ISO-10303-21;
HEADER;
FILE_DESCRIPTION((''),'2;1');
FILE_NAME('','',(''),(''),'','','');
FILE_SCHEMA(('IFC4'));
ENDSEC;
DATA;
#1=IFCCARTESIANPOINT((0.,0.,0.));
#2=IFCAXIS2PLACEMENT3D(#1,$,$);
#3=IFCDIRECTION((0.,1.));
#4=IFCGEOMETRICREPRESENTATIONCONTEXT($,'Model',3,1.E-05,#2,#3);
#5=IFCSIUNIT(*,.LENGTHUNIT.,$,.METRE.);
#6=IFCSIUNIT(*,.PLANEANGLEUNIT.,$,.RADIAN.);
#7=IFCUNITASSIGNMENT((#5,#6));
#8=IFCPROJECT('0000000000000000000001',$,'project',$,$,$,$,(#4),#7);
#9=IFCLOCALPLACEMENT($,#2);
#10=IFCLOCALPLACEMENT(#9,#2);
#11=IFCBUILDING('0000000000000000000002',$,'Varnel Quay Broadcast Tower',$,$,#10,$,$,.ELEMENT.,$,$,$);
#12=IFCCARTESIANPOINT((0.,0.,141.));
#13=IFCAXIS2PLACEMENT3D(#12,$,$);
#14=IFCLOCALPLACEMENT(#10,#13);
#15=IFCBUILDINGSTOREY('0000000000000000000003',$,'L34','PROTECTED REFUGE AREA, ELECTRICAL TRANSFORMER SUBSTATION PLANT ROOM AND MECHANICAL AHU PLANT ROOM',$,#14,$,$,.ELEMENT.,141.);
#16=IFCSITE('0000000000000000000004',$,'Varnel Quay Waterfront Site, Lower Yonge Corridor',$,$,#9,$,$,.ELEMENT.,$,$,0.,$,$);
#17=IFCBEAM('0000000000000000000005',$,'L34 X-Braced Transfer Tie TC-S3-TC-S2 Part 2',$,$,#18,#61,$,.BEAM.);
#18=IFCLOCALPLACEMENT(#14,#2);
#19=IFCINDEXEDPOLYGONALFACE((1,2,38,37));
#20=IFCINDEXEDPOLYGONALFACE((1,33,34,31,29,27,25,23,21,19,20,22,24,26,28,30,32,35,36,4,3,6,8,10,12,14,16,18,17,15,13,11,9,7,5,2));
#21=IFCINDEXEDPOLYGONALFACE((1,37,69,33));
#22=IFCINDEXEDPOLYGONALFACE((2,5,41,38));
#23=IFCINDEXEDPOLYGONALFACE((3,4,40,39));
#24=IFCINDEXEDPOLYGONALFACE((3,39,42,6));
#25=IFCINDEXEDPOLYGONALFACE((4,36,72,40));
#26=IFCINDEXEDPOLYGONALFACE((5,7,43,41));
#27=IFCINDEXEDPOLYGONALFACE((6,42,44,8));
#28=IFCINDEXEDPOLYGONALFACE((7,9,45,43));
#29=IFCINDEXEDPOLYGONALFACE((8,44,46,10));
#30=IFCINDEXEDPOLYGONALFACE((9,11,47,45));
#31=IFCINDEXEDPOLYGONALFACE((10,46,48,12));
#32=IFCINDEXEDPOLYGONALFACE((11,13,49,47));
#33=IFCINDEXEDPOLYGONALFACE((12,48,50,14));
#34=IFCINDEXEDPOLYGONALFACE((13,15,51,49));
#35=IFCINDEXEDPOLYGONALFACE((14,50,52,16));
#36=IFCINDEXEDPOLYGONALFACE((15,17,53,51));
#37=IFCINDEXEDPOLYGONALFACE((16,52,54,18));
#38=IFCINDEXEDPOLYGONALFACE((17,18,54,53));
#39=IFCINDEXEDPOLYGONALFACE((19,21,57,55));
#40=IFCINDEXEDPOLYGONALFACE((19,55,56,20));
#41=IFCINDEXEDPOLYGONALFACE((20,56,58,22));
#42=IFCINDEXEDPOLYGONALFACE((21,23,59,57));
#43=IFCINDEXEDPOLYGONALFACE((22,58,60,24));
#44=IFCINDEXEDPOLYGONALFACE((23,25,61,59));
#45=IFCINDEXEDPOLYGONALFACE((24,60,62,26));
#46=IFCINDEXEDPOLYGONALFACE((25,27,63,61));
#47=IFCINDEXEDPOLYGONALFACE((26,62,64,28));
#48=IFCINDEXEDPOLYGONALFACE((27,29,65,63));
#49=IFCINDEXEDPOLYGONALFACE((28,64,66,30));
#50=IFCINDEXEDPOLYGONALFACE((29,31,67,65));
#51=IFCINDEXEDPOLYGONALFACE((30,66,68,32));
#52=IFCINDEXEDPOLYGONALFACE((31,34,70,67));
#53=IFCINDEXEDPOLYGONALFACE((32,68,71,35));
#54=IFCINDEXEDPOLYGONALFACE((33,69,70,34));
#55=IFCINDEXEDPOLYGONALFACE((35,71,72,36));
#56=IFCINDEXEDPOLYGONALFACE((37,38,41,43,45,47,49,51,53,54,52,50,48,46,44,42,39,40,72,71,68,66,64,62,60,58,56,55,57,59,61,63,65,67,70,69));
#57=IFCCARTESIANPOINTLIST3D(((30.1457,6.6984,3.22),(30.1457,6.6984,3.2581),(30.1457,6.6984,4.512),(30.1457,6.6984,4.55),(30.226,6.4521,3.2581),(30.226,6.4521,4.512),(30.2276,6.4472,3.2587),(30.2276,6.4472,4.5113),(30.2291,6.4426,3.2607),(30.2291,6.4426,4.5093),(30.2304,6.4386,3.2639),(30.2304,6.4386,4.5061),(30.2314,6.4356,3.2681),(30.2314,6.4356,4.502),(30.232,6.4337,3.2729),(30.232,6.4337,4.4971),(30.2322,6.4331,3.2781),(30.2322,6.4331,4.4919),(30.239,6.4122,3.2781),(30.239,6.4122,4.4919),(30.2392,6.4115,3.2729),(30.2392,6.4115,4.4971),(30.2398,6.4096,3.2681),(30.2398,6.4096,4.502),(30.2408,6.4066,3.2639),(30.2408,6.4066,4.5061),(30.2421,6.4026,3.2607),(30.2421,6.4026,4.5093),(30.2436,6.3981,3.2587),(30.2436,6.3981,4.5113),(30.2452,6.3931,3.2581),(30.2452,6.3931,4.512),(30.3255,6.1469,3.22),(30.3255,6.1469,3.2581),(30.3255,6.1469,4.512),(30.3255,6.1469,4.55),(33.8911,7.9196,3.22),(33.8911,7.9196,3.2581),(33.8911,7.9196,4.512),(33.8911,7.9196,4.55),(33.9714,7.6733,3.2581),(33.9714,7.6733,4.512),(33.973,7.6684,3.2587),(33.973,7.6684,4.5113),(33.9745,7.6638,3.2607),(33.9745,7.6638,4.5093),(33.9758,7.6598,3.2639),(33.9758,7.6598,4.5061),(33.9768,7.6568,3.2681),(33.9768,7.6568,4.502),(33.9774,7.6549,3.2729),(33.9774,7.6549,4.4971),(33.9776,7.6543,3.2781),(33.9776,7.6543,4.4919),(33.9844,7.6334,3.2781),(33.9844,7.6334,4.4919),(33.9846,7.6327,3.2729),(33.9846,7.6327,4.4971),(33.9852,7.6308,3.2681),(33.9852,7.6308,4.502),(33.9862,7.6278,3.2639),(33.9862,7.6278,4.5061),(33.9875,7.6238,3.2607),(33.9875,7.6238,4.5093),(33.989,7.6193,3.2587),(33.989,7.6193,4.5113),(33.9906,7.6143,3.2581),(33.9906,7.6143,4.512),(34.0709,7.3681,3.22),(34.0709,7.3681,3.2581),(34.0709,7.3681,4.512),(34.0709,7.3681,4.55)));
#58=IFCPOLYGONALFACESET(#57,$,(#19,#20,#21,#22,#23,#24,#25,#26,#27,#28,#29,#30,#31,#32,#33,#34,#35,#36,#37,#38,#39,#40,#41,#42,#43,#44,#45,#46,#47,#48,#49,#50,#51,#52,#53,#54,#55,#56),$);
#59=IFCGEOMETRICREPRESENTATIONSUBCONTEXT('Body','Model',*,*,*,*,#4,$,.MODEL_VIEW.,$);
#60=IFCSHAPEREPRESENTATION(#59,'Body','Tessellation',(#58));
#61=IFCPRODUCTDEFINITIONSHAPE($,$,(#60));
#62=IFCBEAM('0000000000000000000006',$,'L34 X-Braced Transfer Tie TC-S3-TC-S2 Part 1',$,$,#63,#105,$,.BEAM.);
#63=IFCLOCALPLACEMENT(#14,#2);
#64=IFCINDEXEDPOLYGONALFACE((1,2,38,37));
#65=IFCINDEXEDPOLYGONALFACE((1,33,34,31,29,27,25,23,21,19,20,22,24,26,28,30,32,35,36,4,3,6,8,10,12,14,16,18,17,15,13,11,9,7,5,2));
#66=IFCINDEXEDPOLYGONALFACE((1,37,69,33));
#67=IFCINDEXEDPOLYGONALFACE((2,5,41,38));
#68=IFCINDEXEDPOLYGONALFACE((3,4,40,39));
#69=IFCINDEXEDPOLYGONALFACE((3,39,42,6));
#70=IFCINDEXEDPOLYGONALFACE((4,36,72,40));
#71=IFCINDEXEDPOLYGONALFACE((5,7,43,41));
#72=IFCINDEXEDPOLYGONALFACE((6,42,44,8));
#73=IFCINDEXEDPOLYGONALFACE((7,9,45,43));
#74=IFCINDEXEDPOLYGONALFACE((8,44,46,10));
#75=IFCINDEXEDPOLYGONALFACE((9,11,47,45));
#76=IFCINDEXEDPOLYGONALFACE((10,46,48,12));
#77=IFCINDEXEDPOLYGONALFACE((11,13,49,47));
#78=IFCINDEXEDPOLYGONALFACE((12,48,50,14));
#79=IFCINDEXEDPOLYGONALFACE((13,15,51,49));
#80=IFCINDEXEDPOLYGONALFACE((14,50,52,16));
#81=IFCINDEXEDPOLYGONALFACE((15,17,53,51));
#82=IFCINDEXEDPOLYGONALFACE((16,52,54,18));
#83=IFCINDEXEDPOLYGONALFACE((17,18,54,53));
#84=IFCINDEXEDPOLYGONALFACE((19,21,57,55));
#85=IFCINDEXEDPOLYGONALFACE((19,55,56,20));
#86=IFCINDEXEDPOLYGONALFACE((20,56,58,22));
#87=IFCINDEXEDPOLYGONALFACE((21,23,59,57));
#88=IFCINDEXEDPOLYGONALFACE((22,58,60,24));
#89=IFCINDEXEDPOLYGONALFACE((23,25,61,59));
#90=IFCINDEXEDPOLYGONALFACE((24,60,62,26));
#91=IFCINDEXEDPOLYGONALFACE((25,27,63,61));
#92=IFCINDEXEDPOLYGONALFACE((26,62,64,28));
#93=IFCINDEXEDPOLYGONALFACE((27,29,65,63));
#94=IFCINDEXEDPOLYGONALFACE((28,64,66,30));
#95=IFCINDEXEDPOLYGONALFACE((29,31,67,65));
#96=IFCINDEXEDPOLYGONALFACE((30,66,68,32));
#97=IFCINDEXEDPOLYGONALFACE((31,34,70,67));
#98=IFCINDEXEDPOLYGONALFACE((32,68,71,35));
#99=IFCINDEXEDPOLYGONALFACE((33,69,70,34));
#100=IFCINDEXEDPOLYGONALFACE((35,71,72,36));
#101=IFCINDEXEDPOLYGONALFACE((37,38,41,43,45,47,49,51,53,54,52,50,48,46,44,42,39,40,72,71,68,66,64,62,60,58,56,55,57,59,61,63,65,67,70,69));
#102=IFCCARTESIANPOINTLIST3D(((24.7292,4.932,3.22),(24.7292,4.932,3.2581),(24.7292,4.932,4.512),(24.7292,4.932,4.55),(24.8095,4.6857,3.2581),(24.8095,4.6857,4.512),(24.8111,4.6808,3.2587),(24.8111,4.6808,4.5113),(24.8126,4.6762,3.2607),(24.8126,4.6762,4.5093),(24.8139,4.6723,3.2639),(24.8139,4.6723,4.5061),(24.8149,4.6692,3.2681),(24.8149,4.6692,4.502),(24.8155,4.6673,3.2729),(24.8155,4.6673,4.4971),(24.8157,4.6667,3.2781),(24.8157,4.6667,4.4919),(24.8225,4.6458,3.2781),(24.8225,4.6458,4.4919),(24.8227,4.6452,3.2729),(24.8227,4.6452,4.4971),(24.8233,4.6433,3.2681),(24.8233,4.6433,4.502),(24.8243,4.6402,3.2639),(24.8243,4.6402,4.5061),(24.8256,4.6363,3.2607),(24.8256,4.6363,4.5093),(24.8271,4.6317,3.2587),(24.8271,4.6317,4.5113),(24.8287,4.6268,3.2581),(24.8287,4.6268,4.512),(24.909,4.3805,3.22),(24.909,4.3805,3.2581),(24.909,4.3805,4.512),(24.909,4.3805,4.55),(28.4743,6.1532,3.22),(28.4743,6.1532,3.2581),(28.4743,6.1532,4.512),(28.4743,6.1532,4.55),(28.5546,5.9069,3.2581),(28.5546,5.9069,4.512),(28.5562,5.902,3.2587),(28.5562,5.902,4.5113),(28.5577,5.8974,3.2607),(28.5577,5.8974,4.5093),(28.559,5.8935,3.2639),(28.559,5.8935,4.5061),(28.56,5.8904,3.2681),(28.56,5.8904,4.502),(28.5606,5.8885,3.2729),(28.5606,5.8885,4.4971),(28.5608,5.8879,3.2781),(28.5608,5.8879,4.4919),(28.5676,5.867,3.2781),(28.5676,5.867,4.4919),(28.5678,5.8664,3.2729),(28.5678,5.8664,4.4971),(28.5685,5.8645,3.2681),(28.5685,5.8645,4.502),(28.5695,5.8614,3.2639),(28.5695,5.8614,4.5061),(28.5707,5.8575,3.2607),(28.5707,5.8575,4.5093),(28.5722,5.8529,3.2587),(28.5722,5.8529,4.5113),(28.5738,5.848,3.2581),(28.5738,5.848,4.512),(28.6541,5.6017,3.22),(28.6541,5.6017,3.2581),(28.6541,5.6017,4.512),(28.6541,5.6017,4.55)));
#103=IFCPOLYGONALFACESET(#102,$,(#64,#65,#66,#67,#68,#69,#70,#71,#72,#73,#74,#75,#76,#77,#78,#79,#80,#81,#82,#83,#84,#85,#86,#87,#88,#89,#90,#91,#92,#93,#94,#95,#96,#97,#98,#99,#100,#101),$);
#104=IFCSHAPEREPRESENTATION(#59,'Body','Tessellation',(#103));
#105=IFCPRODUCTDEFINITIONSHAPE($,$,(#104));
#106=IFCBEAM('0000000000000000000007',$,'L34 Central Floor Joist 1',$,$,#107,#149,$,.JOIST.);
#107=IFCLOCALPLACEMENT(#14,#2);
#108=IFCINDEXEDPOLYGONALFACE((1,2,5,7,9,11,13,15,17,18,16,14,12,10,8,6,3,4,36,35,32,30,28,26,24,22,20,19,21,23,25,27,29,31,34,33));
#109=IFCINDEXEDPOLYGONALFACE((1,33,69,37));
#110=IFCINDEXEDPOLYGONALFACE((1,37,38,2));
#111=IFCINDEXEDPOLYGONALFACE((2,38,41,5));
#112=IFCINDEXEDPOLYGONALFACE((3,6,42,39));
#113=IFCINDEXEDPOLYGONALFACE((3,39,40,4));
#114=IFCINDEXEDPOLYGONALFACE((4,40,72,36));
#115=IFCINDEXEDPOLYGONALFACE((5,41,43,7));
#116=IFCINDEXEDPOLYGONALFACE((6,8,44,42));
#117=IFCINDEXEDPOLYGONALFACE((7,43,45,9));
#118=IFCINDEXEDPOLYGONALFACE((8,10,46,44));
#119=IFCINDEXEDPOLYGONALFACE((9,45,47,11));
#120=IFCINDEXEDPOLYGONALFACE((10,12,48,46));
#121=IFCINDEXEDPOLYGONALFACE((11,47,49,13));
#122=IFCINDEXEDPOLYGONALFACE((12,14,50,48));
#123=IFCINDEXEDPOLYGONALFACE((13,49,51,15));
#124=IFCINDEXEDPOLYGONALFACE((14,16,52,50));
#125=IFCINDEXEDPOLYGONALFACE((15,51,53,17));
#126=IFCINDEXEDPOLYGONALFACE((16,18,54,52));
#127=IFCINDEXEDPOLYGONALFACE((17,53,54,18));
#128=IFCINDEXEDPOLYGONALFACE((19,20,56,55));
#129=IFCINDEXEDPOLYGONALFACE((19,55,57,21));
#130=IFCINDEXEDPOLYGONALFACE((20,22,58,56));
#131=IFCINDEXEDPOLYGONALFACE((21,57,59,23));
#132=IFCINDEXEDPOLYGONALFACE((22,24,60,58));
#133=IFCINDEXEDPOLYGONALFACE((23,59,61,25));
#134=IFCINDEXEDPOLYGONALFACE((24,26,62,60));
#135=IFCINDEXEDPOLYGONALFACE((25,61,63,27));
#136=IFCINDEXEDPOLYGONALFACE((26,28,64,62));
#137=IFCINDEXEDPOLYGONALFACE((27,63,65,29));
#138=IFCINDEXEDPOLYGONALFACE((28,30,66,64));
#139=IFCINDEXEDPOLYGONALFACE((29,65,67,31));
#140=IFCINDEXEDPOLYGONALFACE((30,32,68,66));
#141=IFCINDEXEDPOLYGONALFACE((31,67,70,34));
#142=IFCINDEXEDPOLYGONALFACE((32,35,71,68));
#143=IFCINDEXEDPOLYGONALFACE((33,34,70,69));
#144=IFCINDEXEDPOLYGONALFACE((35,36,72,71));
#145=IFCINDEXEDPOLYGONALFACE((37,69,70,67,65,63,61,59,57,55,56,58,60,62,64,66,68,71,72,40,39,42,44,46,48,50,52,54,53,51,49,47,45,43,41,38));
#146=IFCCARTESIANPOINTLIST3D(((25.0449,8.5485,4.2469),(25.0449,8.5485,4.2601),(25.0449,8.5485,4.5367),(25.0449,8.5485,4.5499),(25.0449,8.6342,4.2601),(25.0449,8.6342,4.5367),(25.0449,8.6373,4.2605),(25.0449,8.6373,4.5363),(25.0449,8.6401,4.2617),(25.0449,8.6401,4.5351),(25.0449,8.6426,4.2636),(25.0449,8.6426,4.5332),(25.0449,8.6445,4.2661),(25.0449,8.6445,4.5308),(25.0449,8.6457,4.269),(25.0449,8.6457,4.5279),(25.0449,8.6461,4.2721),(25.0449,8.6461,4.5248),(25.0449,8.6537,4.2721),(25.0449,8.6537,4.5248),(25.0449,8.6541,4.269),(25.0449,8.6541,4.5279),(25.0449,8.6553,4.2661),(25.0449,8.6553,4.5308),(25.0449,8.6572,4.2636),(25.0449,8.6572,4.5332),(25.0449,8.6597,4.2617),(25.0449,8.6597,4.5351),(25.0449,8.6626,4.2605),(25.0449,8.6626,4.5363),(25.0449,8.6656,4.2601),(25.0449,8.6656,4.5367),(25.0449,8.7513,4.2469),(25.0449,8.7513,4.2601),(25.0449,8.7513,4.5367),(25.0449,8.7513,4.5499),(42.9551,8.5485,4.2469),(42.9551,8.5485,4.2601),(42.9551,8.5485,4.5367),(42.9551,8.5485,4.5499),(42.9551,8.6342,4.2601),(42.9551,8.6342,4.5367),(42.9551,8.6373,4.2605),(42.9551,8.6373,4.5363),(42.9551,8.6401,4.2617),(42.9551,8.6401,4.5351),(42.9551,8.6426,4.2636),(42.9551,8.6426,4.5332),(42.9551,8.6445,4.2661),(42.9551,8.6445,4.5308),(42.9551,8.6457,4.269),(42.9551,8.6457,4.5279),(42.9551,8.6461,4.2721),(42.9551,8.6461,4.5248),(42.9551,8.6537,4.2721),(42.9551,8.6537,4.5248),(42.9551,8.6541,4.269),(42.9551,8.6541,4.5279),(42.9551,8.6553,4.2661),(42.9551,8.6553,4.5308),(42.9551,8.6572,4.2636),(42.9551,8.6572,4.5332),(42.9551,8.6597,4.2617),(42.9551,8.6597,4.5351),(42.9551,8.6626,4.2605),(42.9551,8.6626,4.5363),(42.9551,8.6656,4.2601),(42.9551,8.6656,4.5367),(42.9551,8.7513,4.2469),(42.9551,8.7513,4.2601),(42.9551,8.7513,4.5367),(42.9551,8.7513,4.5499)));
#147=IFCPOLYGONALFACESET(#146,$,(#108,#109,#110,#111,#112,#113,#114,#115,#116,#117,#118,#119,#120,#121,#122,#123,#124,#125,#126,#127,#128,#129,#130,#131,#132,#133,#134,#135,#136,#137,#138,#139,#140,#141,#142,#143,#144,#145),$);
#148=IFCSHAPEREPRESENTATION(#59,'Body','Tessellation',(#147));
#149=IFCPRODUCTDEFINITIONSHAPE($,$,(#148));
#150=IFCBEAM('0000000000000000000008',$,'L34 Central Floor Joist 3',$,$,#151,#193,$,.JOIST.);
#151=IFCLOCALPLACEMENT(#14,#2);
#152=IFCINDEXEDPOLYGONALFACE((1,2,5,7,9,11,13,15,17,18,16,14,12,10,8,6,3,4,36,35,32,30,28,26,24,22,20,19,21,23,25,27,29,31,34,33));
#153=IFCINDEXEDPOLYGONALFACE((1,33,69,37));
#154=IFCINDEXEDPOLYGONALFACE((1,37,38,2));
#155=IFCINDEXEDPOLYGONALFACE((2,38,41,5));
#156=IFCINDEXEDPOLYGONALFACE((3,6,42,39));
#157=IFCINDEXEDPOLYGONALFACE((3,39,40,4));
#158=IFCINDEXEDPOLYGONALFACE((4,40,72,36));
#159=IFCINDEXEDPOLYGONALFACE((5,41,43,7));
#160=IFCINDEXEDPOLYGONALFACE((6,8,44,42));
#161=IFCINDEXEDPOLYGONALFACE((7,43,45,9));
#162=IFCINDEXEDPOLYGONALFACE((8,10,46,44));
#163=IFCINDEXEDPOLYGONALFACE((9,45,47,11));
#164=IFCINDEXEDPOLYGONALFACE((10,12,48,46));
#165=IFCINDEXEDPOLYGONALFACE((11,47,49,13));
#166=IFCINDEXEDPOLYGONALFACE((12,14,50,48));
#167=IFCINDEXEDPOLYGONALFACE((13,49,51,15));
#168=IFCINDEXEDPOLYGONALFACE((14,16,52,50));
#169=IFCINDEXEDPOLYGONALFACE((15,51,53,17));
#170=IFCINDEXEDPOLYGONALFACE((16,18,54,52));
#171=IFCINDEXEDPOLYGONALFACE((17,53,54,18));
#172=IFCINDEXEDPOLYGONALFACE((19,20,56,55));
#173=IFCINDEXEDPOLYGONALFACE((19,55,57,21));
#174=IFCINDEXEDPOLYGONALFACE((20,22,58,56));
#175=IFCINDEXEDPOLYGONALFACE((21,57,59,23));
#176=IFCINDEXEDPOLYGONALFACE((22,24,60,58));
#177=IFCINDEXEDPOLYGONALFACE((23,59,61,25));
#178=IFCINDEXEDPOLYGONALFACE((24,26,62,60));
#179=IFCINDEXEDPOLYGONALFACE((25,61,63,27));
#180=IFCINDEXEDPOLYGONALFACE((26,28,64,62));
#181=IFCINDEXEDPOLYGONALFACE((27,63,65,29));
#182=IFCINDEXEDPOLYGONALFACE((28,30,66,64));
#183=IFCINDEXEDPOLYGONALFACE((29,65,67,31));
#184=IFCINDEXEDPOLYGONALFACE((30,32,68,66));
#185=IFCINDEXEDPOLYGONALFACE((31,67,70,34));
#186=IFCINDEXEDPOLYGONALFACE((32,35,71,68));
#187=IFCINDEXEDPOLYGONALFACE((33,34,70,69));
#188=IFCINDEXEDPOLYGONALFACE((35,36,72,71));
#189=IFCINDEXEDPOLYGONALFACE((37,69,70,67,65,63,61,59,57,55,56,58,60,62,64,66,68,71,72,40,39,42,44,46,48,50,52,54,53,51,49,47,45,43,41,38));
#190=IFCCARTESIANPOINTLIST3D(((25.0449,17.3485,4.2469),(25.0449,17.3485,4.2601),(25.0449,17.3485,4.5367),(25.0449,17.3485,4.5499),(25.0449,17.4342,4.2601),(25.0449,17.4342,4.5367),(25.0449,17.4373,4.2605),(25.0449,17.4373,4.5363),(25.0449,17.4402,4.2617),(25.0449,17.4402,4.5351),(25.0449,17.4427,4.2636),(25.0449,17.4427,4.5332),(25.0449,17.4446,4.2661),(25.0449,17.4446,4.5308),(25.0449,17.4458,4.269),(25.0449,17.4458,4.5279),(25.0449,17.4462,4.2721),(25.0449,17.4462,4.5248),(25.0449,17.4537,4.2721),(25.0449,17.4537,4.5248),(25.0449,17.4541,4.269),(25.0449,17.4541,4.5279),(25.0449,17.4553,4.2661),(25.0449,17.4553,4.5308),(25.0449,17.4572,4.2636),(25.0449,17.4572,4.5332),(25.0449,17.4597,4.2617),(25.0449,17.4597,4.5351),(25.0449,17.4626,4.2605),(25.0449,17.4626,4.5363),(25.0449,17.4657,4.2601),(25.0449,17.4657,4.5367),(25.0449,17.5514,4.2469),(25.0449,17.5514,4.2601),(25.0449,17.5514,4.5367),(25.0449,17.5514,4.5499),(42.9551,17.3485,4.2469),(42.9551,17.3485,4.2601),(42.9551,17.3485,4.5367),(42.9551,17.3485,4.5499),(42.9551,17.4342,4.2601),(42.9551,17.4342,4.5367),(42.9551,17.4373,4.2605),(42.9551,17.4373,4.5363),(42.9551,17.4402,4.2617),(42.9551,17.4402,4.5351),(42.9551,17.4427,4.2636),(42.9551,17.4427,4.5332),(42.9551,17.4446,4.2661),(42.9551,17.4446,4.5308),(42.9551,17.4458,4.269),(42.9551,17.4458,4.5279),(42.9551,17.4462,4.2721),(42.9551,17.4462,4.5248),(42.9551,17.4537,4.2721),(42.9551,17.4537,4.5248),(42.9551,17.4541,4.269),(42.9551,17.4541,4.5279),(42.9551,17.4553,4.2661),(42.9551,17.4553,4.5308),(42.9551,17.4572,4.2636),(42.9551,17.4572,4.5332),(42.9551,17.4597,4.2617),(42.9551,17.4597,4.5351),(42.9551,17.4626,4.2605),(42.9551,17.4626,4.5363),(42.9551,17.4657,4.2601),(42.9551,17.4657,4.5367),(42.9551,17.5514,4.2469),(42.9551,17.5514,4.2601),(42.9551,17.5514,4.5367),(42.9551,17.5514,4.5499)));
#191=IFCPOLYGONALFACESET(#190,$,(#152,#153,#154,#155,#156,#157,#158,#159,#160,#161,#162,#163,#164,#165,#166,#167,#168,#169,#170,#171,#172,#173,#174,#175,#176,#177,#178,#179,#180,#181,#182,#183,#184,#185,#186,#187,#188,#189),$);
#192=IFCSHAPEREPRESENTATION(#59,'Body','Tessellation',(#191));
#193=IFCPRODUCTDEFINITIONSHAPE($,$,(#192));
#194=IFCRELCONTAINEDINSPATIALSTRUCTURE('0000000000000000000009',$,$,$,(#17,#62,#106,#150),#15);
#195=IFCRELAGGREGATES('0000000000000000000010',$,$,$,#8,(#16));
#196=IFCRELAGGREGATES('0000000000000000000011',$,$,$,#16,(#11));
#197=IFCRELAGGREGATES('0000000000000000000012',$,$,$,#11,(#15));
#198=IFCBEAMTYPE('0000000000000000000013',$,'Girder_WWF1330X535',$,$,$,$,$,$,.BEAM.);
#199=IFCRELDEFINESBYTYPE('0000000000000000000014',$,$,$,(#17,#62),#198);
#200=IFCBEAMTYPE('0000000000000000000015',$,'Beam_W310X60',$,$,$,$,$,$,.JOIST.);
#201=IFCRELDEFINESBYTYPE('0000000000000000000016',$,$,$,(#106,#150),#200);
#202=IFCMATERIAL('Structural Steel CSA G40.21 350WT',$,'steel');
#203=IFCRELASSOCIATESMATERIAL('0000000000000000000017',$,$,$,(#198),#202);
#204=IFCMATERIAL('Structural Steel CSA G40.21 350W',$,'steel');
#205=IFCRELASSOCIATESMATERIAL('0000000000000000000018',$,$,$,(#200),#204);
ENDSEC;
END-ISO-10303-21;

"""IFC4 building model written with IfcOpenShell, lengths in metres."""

from ifc_helpers import new_model, si_unit, direction, frame, origin, origin_2d, place, context, subcontext, project, spatial, i_section, extrude, source, transform, mapped, material, material_profile, profile_set, type_object, type_shapes, element, save


model = new_model("IFC4")

# Units and contexts
model_context = context("Model", 3, precision=1e-05, world=origin(), true_north=direction((0.0, 1.0)))
body_context = subcontext(model_context, "Body", "Model", "MODEL_VIEW")
ifc_project = project(units=[si_unit("LENGTHUNIT", "METRE"), si_unit("PLANEANGLEUNIT", "RADIAN")], contexts=[model_context])

# Site, building, storey
site_placement = place(None, origin())
site = spatial("IfcSite", under=ifc_project, at=site_placement, Name="Varnel Quay Waterfront Site, Lower Yonge Corridor", CompositionType="ELEMENT", RefElevation=0.0)
building_placement = place(site_placement, origin())
building = spatial("IfcBuilding", under=site, at=building_placement, Name="Varnel Quay Broadcast Tower", CompositionType="ELEMENT")
storey_placement = place(building_placement, frame((0.0, 0.0, 141.0)))
storey = spatial("IfcBuildingStorey", under=building, at=storey_placement, Name="L34", Description="PROTECTED REFUGE AREA, ELECTRICAL TRANSFORMER SUBSTATION PLANT ROOM AND MECHANICAL AHU PLANT ROOM", CompositionType="ELEMENT", Elevation=141.0)

# Shared definitions
ifc_material_1 = material(Name="Structural Steel CSA G40.21 350W", Category="steel")

# Beams
ifc_material_2 = material(Name="Structural Steel CSA G40.21 350WT", Category="steel")
ifc_material_profile_1 = material_profile(ifc_material_2, i_section(OverallWidth=0.5801, OverallDepth=1.3301, WebThickness=0.022, FlangeThickness=0.0381, FilletRadius=0.02, at=origin_2d()), Name="WWF1330X535")
ifc_profile_set_1 = profile_set([ifc_material_profile_1], Name="Structural Steel CSA G40.21 350WT")
beam_type_1 = type_object("IfcBeamType", Name="Girder_WWF1330X535", PredefinedType="BEAM", material=ifc_profile_set_1)
shared_shape_1 = source(origin(), body_context, "Body", "SweptSolid", [
    extrude(i_section(OverallWidth=0.5801, OverallDepth=1.3301, WebThickness=0.022, FlangeThickness=0.0381, FilletRadius=0.02, at=origin_2d()), origin(), (0.0, 0.0, 1.0), 3.9395),
])
beam_1_placement = place(storey_placement, frame((30.2356, 6.4226, 3.885), z_axis=(0.950739, 0.309993, 0.0), x_axis=(-0.309993, 0.950739, 0.0)))
element("IfcBeam", 1, at=beam_1_placement, inside=storey, type_object=beam_type_1, Name="L34 X-Braced Transfer Tie TC-S3-TC-S2 Part 2", PredefinedType="BEAM", context=body_context, shape_type="MappedRepresentation", body=[
    mapped(shared_shape_1, transform((0.0, 0.0, 0.0), x_axis=(1.0, 0.0, 0.0), y_axis=(0.0, 1.0, 0.0), z_axis=(0.0, 0.0, 1.0), scale=1.0)),
])
shared_shape_2 = source(origin(), body_context, "Body", "SweptSolid", [
    extrude(i_section(OverallWidth=0.5801, OverallDepth=1.3301, WebThickness=0.022, FlangeThickness=0.0381, FilletRadius=0.02, at=origin_2d()), origin(), (0.0, 0.0, 1.0), 3.9392),
])
beam_2_placement = place(storey_placement, frame((24.8191, 4.6562, 3.885), z_axis=(0.950733, 0.310011, 0.0), x_axis=(-0.310011, 0.950733, 0.0)))
element("IfcBeam", 2, at=beam_2_placement, inside=storey, type_object=beam_type_1, Name="L34 X-Braced Transfer Tie TC-S3-TC-S2 Part 1", PredefinedType="BEAM", context=body_context, shape_type="MappedRepresentation", body=[
    mapped(shared_shape_2, transform((0.0, 0.0, 0.0), x_axis=(1.0, 0.0, 0.0), y_axis=(0.0, 1.0, 0.0), z_axis=(0.0, 0.0, 1.0), scale=1.0)),
])
ifc_material_profile_2 = material_profile(ifc_material_1, i_section(OverallWidth=0.2029, OverallDepth=0.303, WebThickness=0.0076, FlangeThickness=0.0132, FilletRadius=0.012, at=origin_2d()), Name="W310X60")
ifc_profile_set_2 = profile_set([ifc_material_profile_2], Name="Structural Steel CSA G40.21 350W")
beam_type_2 = type_object("IfcBeamType", Name="Beam_W310X60", PredefinedType="JOIST", material=ifc_profile_set_2)
shared_shape_3 = source(origin(), body_context, "Body", "SweptSolid", [
    extrude(i_section(OverallWidth=0.2029, OverallDepth=0.303, WebThickness=0.0076, FlangeThickness=0.0132, FilletRadius=0.012, at=origin_2d()), origin(), (0.0, 0.0, 1.0), 17.9102),
])
type_shapes(beam_type_2, [shared_shape_3])
for number, where, z_axis, x_axis, name in (
    (3, (25.0449, 8.6499, 4.3984), (1.0, 0.0, 0.0), (0.0, 1.0, 0.0), "L34 Central Floor Joist 1"),
    (4, (25.0449, 17.45, 4.3984), (1.0, 0.0, 0.0), (0.0, 1.0, 0.0), "L34 Central Floor Joist 3"),
):
    element("IfcBeam", number, at=place(storey_placement, frame(where, z_axis=z_axis, x_axis=x_axis)), inside=storey, type_object=beam_type_2, Name=name, PredefinedType="JOIST", context=body_context, shape_type="MappedRepresentation", body=[
        mapped(shared_shape_3, transform((0.0, 0.0, 0.0), x_axis=(1.0, 0.0, 0.0), y_axis=(0.0, 1.0, 0.0), z_axis=(0.0, 0.0, 1.0), scale=1.0)),
    ])

save(model, "model.ifc")
